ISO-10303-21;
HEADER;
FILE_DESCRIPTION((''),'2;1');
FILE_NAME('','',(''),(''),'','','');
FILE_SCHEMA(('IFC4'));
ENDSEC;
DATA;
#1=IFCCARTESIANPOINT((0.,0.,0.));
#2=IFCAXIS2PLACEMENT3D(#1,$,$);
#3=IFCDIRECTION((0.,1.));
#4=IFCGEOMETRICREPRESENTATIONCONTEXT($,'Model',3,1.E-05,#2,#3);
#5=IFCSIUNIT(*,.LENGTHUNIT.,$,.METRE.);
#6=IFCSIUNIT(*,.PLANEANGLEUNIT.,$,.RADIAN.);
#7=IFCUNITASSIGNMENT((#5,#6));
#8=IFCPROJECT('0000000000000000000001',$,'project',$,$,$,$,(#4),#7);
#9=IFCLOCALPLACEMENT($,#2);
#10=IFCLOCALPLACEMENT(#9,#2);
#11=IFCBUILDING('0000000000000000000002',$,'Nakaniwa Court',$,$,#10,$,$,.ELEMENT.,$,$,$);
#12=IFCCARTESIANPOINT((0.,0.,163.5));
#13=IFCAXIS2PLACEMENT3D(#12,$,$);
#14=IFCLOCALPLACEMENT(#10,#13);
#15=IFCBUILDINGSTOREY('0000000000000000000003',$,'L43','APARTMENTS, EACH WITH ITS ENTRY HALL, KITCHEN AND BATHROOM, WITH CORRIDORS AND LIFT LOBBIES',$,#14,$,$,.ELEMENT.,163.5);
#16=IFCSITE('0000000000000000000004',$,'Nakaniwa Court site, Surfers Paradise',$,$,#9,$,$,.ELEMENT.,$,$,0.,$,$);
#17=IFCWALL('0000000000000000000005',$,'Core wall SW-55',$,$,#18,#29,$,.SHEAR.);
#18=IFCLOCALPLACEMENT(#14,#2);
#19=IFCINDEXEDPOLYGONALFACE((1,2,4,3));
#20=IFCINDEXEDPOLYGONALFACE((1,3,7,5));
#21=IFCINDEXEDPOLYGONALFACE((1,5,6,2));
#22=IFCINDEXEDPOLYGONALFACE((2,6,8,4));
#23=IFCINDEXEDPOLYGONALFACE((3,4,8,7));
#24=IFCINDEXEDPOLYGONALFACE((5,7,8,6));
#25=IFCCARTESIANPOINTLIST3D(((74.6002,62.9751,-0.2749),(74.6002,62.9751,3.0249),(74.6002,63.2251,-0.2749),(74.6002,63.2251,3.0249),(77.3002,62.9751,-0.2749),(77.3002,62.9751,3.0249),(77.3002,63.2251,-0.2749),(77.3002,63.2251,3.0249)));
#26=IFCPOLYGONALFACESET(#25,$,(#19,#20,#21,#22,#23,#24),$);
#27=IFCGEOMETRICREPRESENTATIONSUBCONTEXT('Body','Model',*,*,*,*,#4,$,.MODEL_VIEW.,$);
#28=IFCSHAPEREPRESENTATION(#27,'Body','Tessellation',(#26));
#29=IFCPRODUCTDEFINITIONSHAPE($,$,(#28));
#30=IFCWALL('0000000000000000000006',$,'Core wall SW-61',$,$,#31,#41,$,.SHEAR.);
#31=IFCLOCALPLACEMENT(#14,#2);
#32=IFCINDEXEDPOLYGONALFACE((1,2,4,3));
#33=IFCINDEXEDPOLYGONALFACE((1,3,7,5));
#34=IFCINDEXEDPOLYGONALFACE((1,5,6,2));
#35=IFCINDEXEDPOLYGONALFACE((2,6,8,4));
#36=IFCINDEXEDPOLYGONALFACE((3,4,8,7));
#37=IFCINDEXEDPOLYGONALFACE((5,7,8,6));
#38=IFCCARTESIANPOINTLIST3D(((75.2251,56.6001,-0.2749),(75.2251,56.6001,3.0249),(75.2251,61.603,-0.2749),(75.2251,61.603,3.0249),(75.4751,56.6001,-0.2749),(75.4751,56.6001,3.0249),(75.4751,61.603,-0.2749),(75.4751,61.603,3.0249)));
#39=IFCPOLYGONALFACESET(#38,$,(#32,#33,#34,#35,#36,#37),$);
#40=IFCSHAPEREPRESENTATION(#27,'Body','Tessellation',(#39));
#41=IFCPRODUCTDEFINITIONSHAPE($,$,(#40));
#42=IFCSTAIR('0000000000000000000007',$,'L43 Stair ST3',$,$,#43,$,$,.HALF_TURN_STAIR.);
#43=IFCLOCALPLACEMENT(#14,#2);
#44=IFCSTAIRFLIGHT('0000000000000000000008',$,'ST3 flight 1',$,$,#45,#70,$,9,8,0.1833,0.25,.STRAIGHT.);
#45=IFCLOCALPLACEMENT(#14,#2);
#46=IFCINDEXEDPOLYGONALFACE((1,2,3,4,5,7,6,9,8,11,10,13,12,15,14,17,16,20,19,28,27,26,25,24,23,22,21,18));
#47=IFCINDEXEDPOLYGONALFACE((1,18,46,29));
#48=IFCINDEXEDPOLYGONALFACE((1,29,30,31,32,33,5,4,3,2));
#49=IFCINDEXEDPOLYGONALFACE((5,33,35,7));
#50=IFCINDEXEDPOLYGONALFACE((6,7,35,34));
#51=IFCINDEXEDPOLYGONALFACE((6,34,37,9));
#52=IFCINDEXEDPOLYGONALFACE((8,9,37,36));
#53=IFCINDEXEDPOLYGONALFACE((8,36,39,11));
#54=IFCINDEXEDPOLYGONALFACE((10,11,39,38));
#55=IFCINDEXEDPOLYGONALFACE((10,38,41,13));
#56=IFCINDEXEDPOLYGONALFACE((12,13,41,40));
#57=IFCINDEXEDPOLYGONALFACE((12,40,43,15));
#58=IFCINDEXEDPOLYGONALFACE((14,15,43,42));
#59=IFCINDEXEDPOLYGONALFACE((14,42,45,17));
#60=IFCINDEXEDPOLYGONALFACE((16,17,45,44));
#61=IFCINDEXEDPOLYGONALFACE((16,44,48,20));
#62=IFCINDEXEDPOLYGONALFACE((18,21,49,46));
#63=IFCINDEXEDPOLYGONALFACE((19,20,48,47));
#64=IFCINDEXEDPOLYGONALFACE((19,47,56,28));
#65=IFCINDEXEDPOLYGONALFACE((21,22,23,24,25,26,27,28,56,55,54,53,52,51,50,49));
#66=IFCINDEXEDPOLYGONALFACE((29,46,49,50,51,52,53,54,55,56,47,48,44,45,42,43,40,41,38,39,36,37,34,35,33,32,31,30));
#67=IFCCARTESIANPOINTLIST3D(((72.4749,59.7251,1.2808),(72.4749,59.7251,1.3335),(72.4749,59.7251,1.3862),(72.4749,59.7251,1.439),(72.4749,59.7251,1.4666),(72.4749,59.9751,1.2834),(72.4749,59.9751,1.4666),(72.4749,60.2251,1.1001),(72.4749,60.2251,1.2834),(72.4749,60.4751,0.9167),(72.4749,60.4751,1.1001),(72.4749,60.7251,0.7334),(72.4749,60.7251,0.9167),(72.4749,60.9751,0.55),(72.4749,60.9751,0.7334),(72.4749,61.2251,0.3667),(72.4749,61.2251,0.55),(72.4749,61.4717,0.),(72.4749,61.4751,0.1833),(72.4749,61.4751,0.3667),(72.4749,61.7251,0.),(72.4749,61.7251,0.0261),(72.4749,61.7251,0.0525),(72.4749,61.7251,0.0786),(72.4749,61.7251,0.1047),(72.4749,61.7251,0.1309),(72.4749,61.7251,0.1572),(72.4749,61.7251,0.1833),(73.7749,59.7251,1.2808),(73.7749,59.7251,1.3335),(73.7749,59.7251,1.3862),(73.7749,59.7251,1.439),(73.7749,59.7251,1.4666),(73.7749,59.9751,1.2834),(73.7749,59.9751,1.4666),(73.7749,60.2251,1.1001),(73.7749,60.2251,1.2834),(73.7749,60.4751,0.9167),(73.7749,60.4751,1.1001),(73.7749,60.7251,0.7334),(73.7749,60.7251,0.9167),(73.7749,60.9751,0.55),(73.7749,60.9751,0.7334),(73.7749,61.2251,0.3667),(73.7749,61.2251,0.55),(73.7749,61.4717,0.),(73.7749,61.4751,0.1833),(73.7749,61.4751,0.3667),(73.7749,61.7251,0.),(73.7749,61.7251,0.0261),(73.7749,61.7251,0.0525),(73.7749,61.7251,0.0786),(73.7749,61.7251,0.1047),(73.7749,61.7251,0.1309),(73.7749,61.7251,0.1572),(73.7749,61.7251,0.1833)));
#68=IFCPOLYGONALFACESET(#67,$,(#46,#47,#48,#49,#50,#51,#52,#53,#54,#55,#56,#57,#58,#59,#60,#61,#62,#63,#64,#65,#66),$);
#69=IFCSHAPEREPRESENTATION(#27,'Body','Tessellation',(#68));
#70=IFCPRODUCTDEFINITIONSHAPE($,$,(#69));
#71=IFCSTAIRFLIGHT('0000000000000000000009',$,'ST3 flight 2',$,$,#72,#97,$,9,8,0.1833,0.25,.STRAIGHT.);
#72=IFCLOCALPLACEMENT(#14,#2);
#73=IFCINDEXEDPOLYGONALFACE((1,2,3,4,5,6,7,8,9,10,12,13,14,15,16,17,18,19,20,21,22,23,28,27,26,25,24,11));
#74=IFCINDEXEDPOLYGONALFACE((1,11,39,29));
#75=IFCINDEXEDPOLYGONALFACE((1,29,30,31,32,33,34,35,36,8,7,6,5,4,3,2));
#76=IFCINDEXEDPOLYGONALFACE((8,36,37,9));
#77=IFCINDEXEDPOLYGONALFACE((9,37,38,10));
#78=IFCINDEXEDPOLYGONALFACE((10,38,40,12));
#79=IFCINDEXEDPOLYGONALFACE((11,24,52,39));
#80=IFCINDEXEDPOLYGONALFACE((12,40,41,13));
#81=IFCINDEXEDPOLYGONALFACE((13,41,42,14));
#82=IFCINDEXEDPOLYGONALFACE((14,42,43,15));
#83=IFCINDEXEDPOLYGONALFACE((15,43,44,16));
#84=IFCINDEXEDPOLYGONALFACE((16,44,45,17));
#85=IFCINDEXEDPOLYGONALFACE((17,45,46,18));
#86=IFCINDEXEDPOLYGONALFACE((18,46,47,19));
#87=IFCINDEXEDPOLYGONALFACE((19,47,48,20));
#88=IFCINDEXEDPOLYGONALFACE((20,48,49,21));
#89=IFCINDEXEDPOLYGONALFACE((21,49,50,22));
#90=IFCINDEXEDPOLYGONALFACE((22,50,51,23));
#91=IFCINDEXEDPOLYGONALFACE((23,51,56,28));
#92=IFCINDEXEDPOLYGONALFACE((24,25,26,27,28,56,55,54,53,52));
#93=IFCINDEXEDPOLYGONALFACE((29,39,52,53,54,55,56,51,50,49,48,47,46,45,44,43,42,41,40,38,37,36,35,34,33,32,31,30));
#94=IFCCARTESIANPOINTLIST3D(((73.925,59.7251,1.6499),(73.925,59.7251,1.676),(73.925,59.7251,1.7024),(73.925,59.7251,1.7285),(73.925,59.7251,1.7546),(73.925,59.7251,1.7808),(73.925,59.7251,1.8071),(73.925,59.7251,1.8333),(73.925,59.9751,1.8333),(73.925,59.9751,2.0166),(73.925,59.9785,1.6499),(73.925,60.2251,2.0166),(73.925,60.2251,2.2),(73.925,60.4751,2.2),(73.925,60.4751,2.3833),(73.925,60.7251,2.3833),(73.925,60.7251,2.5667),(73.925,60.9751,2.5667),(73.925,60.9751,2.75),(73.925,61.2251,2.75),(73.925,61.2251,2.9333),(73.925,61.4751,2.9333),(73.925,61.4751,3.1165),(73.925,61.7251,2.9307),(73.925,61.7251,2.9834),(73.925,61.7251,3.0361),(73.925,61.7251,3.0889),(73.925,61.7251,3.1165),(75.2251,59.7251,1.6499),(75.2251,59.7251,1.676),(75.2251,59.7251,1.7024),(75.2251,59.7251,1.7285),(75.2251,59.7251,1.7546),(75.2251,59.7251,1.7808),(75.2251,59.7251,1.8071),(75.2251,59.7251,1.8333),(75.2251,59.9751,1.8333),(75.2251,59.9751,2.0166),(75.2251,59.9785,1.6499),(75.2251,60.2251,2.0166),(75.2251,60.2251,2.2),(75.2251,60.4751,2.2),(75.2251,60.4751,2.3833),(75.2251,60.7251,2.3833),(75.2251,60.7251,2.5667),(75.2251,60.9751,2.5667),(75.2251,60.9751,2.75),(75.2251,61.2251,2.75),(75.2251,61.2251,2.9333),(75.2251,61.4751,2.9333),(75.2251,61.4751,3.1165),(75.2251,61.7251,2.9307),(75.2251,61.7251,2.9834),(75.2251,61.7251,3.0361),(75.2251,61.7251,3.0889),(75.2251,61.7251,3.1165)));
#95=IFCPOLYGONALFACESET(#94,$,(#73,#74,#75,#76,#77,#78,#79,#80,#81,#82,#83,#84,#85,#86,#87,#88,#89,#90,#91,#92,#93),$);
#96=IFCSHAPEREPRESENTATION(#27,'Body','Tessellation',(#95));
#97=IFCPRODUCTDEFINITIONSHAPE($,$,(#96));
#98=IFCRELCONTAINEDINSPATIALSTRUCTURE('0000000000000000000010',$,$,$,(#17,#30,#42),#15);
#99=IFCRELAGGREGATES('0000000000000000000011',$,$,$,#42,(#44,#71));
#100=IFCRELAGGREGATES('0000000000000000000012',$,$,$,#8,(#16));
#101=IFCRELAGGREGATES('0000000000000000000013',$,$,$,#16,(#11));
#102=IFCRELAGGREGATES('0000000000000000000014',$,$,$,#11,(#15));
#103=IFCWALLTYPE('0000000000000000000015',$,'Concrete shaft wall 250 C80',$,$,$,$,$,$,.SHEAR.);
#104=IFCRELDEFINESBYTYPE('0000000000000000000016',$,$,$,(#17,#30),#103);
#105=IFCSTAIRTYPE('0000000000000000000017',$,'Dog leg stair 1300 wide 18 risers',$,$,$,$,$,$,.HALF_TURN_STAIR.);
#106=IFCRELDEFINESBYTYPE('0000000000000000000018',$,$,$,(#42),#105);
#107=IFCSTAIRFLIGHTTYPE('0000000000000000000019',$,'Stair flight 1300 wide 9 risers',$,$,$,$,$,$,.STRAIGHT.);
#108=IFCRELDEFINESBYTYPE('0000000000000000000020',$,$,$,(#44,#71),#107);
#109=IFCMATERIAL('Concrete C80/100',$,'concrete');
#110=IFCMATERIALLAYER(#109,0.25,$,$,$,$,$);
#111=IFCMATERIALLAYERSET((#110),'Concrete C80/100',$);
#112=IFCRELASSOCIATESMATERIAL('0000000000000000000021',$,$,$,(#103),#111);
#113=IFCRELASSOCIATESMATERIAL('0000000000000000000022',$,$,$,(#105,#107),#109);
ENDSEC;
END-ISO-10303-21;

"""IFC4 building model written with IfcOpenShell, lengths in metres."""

from ifc_helpers import new_model, si_unit, direction, frame, frame_2d, origin, place, context, subcontext, project, spatial, polyline, rectangle, outline, extrude, material, layer, layer_set, type_object, element, aggregate, save


model = new_model("IFC4")

# Units and contexts
model_context = context("Model", 3, precision=1e-05, world=origin(), true_north=direction((0.0, 1.0)))
body_context = subcontext(model_context, "Body", "Model", "MODEL_VIEW")
ifc_project = project(units=[si_unit("LENGTHUNIT", "METRE"), si_unit("PLANEANGLEUNIT", "RADIAN")], contexts=[model_context])

# Site, building, storey
site_placement = place(None, origin())
site = spatial("IfcSite", under=ifc_project, at=site_placement, Name="Nakaniwa Court site, Surfers Paradise", CompositionType="ELEMENT", RefElevation=0.0)
building_placement = place(site_placement, origin())
building = spatial("IfcBuilding", under=site, at=building_placement, Name="Nakaniwa Court", CompositionType="ELEMENT")
storey_placement = place(building_placement, frame((0.0, 0.0, 163.5)))
storey = spatial("IfcBuildingStorey", under=building, at=storey_placement, Name="L43", Description="APARTMENTS, EACH WITH ITS ENTRY HALL, KITCHEN AND BATHROOM, WITH CORRIDORS AND LIFT LOBBIES", CompositionType="ELEMENT", Elevation=163.5)

# Shared definitions
ifc_material_1 = material(Name="Concrete C80/100", Category="concrete")

# Walls
ifc_layer_1 = layer(ifc_material_1, 0.25)
ifc_layer_set_1 = layer_set([ifc_layer_1], Name="Concrete C80/100")
wall_type_1 = type_object("IfcWallType", Name="Concrete shaft wall 250 C80", PredefinedType="SHEAR", material=ifc_layer_set_1)
wall_1_placement = place(storey_placement, frame((74.6001, 63.1001, -0.2749), z_axis=(0.0, 0.0, 1.0), x_axis=(1.0, 0.0, 0.0)))
element("IfcWall", 1, at=wall_1_placement, inside=storey, type_object=wall_type_1, Name="Core wall SW-55", PredefinedType="SHEAR", context=body_context, shape_type="SweptSolid", body=[
    extrude(rectangle(XDim=2.7, YDim=0.25, at=frame_2d((1.3501, 0.0))), origin(), (0.0, 0.0, 1.0), 3.2998),
])
wall_2_placement = place(storey_placement, frame((75.3501, 56.6001, -0.2749), z_axis=(0.0, 0.0, 1.0), x_axis=(0.0, 1.0, 0.0)))
element("IfcWall", 2, at=wall_2_placement, inside=storey, type_object=wall_type_1, Name="Core wall SW-61", PredefinedType="SHEAR", context=body_context, shape_type="SweptSolid", body=[
    extrude(rectangle(XDim=5.0029, YDim=0.25, at=frame_2d((2.5015, 0.0))), origin(), (0.0, 0.0, 1.0), 3.2998),
])

# Stair, stair flights
stair_type = type_object("IfcStairType", Name="Dog leg stair 1300 wide 18 risers", PredefinedType="HALF_TURN_STAIR", material=ifc_material_1)
stair_placement = place(storey_placement, origin())
stair = element("IfcStair", 3, at=stair_placement, inside=storey, type_object=stair_type, Name="L43 Stair ST3", PredefinedType="HALF_TURN_STAIR")
stair_flight_type = type_object("IfcStairFlightType", Name="Stair flight 1300 wide 9 risers", PredefinedType="STRAIGHT", material=ifc_material_1)
stair_flight_1_placement = place(storey_placement, frame((73.125, 61.7251, 0.0), z_axis=(0.0, 0.0, 1.0), x_axis=(0.0, -1.0, 0.0)))
stair_flight_1 = element("IfcStairFlight", 4, at=stair_flight_1_placement, type_object=stair_flight_type, Name="ST3 flight 1", NumberOfRisers=9, NumberOfTreads=8, PredefinedType="STRAIGHT", RiserHeight=0.1833, TreadLength=0.25, context=body_context, shape_type="SweptSolid", body=[
    extrude(outline(polyline([(0.0, 0.0), (0.0, 0.0261), (0.0, 0.0525), (0.0, 0.0786), (0.0, 0.1047), (0.0, 0.1309), (0.0, 0.1572), (0.0, 0.1833), (0.25, 0.1833), (0.25, 0.3667), (0.5, 0.3667), (0.5, 0.55), (0.75, 0.55), (0.75, 0.7334), (1.0, 0.7334), (1.0, 0.9167), (1.25, 0.9167), (1.25, 1.1001), (1.5, 1.1001), (1.5, 1.2834), (1.75, 1.2834), (1.75, 1.4666), (2.0, 1.4666), (2.0, 1.6499), (2.0, 1.5972), (2.0, 1.5444), (2.0, 1.4917), (2.0, 1.439), (2.0, 1.3862), (2.0, 1.3335), (2.0, 1.2808), (0.2534, 0.0), (0.0, 0.0)])), frame((0.0, 0.6499, 0.0), z_axis=(0.0, -1.0, 0.0), x_axis=(1.0, 0.0, 0.0)), (0.0, 0.0, 1.0), 1.3),
])
stair_flight_2_placement = place(storey_placement, frame((74.575, 59.7251, 1.6499), z_axis=(0.0, 0.0, 1.0), x_axis=(0.0, 1.0, 0.0)))
stair_flight_2 = element("IfcStairFlight", 5, at=stair_flight_2_placement, type_object=stair_flight_type, Name="ST3 flight 2", NumberOfRisers=9, NumberOfTreads=8, PredefinedType="STRAIGHT", RiserHeight=0.1833, TreadLength=0.25, context=body_context, shape_type="SweptSolid", body=[
    extrude(outline(polyline([(0.0, 0.0), (0.0, 0.0261), (0.0, 0.0525), (0.0, 0.0786), (0.0, 0.1047), (0.0, 0.1309), (0.0, 0.1572), (0.0, 0.1833), (0.25, 0.1833), (0.25, 0.3667), (0.5, 0.3667), (0.5, 0.55), (0.75, 0.55), (0.75, 0.7334), (1.0, 0.7334), (1.0, 0.9167), (1.25, 0.9167), (1.25, 1.1001), (1.5, 1.1001), (1.5, 1.2834), (1.75, 1.2834), (1.75, 1.4666), (2.0, 1.4666), (2.0, 1.6499), (2.0, 1.5972), (2.0, 1.5444), (2.0, 1.4917), (2.0, 1.439), (2.0, 1.3862), (2.0, 1.3335), (2.0, 1.2808), (0.2534, 0.0), (0.0, 0.0)])), frame((0.0, 0.6499, 0.0), z_axis=(0.0, -1.0, 0.0), x_axis=(1.0, 0.0, 0.0)), (0.0, 0.0, 1.0), 1.3),
])
aggregate(stair, [stair_flight_1, stair_flight_2])

save(model, "model.ifc")
